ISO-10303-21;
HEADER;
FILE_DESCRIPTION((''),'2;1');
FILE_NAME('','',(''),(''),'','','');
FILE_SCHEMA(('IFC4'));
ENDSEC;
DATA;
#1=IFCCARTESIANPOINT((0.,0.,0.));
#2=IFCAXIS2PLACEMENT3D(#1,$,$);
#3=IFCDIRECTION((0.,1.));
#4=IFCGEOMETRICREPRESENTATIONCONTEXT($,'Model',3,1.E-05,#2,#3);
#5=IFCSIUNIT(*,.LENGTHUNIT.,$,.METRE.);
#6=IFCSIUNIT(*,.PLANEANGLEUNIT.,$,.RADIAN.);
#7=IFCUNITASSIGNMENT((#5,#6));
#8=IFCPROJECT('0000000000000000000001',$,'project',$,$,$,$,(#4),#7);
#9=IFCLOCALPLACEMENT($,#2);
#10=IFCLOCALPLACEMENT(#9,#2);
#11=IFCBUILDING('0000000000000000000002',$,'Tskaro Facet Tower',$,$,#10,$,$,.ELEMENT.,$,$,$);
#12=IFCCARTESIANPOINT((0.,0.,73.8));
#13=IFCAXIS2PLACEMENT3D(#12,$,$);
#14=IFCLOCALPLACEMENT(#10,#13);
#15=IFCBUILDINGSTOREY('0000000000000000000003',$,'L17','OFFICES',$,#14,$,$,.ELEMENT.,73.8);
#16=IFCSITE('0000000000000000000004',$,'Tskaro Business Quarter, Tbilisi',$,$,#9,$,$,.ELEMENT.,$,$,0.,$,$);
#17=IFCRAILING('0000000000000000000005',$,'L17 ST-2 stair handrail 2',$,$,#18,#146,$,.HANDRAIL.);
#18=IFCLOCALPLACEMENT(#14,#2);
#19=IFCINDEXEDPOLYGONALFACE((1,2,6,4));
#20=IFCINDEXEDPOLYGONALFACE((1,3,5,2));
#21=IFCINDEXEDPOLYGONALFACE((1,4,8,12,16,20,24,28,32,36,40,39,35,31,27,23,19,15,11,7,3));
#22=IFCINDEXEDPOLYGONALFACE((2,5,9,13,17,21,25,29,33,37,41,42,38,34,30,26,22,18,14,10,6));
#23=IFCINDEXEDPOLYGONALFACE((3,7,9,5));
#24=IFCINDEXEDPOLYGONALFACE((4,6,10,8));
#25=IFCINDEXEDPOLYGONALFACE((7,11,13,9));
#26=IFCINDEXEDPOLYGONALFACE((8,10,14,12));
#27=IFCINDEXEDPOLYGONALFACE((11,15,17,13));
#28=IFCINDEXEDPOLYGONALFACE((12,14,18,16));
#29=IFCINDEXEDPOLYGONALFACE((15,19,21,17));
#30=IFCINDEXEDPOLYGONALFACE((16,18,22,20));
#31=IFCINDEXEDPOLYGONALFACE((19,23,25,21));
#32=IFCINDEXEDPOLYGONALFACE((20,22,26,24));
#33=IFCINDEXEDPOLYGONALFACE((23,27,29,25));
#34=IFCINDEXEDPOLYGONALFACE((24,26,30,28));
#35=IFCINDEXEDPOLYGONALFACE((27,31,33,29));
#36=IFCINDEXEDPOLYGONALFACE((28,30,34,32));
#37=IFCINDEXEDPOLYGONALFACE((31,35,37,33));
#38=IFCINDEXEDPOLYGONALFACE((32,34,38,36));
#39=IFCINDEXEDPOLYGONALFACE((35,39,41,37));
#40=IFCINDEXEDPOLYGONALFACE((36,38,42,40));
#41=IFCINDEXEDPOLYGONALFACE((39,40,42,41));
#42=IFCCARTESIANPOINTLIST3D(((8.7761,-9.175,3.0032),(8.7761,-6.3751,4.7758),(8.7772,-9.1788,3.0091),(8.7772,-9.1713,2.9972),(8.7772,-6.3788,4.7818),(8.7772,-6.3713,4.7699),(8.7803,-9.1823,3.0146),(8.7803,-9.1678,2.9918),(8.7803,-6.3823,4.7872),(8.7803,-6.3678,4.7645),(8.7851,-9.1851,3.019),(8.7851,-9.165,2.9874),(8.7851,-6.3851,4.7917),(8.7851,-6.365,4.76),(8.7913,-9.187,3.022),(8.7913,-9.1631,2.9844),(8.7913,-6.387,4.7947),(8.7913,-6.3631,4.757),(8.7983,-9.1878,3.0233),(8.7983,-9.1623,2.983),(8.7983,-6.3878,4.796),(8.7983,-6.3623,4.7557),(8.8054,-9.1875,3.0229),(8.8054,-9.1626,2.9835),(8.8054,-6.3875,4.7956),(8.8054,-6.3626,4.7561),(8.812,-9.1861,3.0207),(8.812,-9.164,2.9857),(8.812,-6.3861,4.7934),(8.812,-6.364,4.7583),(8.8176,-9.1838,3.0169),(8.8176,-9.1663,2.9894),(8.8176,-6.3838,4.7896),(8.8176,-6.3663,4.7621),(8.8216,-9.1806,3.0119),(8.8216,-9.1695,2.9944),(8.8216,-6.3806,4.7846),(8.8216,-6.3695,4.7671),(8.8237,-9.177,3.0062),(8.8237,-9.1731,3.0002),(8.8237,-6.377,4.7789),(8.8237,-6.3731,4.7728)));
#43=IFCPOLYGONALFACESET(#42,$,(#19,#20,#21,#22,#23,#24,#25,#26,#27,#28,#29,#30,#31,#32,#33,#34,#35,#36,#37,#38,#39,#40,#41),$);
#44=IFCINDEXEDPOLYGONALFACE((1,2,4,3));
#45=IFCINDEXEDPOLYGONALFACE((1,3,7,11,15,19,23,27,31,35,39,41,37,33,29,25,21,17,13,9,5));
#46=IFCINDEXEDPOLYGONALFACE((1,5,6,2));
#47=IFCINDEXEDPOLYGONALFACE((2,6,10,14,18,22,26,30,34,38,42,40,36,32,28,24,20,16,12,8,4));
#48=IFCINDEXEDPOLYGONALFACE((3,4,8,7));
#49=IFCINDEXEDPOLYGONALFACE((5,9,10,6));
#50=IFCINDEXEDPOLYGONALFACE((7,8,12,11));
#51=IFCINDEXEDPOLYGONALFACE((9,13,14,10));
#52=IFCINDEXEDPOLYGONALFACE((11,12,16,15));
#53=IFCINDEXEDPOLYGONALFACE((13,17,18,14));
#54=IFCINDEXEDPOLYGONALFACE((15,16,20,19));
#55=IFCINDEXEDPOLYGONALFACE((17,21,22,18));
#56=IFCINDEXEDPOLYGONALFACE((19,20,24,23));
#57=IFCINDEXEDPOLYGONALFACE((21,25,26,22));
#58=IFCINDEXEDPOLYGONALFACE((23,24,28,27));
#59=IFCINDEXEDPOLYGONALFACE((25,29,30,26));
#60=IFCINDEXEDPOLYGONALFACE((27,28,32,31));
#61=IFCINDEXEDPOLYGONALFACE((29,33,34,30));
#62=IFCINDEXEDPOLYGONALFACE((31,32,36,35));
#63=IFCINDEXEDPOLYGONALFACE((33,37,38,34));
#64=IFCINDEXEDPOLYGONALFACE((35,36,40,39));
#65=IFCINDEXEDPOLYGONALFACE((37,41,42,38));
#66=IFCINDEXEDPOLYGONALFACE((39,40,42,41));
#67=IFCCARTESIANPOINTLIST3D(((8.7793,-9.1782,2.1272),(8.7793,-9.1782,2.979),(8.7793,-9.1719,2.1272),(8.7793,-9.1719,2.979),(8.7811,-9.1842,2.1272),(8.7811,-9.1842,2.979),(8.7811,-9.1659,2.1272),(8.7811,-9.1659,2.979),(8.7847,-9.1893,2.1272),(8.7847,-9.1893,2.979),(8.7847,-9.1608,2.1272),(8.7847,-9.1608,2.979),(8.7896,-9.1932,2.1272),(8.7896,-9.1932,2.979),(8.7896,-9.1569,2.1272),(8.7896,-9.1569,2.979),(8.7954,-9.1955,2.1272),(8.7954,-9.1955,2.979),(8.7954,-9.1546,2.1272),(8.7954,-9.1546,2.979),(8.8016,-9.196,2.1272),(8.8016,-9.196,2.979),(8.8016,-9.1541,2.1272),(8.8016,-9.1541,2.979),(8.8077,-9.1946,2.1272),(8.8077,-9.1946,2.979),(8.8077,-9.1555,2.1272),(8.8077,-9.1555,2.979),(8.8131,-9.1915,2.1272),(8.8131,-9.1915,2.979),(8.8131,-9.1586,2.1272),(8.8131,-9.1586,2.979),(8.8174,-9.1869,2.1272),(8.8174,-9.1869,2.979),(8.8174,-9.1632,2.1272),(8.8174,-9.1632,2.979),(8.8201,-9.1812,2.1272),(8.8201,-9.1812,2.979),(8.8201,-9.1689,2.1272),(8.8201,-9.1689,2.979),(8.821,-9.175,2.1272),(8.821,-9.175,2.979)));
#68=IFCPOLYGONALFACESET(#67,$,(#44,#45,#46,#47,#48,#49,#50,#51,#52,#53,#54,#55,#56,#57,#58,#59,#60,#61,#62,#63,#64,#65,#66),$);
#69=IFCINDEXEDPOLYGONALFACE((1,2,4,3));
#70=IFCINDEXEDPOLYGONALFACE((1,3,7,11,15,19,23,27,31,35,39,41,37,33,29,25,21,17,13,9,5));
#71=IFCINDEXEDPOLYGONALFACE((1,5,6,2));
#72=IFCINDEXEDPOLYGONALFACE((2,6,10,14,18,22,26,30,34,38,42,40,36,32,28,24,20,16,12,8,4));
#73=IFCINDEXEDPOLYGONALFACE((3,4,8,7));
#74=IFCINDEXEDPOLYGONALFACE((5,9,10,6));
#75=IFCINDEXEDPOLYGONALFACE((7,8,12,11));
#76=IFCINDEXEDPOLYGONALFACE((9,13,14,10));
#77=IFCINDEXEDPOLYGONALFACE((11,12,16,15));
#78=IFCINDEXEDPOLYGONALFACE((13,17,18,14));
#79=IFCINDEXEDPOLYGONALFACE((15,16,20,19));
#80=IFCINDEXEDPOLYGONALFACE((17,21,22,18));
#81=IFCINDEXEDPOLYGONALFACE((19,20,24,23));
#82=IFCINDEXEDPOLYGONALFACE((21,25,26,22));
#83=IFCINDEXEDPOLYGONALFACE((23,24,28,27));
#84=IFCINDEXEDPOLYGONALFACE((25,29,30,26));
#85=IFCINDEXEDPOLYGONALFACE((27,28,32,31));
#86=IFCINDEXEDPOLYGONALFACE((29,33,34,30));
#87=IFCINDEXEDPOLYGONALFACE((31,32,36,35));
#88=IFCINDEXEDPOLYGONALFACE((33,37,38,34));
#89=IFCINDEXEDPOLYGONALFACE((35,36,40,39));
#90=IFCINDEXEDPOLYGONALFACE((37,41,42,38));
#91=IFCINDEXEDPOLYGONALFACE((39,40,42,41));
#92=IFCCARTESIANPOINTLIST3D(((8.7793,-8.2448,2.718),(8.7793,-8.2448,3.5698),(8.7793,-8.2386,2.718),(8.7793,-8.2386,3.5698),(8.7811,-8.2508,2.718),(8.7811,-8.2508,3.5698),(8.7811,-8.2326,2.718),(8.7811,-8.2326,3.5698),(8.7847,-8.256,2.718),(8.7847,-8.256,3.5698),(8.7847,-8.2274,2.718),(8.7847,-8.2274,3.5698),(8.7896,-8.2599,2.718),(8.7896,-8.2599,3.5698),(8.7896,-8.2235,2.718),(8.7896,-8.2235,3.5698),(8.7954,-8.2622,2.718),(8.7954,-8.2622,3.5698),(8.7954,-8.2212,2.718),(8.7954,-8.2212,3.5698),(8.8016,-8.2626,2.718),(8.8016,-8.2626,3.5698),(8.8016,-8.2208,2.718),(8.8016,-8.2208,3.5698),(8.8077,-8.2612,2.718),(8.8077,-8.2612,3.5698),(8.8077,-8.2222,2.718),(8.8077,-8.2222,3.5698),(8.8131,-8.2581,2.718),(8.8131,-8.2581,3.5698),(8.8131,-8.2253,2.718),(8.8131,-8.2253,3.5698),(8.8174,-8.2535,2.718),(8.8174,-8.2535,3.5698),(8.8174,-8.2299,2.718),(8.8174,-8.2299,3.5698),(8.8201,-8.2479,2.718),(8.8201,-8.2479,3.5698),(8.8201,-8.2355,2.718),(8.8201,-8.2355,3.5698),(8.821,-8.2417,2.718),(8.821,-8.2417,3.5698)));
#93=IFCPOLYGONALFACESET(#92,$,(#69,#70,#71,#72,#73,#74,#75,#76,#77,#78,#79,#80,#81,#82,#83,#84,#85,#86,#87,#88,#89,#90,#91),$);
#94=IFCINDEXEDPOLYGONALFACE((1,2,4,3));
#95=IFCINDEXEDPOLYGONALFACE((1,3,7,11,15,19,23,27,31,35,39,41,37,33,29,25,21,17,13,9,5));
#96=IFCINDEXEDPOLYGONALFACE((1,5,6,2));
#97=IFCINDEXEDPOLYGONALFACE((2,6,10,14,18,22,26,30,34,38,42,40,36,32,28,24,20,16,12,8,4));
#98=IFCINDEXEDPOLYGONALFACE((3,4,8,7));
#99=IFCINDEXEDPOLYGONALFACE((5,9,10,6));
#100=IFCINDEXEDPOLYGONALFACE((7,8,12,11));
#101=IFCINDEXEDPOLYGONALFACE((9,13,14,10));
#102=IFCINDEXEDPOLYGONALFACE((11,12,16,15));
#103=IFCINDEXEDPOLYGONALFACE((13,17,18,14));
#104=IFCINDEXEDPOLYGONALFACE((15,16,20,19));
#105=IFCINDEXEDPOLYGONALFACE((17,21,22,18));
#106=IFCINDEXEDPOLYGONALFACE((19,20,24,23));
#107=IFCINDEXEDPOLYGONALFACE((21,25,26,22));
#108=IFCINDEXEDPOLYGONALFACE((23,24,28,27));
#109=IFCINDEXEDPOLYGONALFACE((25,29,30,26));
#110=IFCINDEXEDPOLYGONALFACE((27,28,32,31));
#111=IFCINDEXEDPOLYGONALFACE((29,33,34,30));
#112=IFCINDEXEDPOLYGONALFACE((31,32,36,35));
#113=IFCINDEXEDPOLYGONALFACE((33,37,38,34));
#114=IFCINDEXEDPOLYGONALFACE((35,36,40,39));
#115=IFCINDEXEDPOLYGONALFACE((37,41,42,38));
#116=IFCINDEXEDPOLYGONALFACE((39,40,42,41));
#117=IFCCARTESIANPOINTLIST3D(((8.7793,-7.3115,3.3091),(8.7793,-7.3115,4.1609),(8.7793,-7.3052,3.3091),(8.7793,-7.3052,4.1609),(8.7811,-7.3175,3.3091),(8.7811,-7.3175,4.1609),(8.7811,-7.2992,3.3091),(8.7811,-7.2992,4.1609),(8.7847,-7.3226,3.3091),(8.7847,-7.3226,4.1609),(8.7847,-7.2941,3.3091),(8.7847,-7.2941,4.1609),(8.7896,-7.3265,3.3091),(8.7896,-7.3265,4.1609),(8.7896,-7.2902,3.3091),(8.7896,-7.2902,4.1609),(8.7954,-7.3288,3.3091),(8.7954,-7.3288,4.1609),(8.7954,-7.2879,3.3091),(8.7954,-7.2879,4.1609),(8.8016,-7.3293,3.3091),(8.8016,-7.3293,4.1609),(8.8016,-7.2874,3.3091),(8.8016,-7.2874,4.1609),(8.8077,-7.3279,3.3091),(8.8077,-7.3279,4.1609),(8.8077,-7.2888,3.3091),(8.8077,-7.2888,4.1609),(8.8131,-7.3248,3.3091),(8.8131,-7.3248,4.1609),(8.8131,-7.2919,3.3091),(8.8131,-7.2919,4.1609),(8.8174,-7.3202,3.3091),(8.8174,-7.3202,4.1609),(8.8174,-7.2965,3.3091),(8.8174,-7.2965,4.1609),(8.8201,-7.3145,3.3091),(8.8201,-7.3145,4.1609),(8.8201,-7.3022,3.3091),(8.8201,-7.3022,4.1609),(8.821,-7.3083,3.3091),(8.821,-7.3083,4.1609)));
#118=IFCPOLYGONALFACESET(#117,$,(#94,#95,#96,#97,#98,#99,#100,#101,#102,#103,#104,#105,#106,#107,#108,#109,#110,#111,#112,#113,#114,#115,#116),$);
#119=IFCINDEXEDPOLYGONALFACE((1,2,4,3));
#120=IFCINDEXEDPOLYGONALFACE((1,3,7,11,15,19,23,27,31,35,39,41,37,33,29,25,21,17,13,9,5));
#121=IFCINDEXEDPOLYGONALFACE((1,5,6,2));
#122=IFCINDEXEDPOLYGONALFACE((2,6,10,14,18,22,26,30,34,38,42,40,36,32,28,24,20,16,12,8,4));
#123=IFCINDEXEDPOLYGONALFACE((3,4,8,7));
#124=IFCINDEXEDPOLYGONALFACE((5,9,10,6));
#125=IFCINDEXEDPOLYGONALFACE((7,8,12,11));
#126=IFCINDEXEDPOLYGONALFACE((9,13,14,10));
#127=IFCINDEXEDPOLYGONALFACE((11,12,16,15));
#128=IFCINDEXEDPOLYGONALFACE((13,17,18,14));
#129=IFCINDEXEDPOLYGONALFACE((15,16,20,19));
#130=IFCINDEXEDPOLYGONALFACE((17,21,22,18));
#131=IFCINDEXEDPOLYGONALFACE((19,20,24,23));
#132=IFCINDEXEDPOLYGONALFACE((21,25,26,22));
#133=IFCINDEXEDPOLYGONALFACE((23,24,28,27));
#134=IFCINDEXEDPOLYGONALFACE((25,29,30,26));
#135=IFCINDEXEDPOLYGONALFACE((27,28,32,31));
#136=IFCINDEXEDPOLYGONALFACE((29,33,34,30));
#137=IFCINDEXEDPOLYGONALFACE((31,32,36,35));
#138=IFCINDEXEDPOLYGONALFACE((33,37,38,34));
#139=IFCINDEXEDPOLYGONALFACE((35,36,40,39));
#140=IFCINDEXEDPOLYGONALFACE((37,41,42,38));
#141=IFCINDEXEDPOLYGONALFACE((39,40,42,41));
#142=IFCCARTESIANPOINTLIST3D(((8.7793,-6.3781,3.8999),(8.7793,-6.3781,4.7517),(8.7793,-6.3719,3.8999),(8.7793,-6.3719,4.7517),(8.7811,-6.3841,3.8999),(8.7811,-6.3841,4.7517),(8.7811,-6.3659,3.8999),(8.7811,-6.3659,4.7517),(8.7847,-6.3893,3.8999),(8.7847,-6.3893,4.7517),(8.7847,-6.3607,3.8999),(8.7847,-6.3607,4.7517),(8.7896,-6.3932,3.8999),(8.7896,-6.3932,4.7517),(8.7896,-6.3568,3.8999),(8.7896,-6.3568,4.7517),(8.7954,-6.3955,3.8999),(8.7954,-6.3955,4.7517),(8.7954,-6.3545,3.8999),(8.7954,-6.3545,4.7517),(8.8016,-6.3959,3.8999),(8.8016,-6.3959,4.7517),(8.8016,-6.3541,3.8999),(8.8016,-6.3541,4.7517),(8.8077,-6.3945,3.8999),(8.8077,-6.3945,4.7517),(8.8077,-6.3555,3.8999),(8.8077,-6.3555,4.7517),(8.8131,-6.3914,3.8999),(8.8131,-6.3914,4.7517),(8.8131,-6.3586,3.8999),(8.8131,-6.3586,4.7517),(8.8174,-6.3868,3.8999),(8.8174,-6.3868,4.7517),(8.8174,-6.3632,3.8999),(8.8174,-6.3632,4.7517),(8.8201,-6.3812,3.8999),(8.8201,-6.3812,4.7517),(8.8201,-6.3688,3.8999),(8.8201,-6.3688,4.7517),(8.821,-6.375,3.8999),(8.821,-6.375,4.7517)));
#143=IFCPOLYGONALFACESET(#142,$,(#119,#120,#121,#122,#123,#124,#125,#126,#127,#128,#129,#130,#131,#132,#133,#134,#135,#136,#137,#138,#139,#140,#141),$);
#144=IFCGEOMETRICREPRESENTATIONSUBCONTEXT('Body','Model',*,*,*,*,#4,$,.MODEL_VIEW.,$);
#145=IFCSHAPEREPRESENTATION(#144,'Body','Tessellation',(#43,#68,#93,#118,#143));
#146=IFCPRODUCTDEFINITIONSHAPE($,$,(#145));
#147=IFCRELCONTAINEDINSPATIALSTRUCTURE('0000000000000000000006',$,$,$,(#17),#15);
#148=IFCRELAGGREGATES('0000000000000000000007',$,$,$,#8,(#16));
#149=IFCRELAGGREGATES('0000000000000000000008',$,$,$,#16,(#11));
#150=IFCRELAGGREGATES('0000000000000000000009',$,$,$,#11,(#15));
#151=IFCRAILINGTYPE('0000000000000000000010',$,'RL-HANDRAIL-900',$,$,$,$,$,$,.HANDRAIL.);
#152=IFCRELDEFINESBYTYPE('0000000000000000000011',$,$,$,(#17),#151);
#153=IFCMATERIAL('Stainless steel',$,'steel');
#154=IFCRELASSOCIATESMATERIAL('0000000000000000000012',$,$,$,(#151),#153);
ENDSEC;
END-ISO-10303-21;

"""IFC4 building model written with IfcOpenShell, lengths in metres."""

from ifc_helpers import new_model, si_unit, direction, frame, origin, origin_2d, place, context, subcontext, project, spatial, circle, extrude, material, type_object, element, save


model = new_model("IFC4")

# Units and contexts
model_context = context("Model", 3, precision=1e-05, world=origin(), true_north=direction((0.0, 1.0)))
body_context = subcontext(model_context, "Body", "Model", "MODEL_VIEW")
ifc_project = project(units=[si_unit("LENGTHUNIT", "METRE"), si_unit("PLANEANGLEUNIT", "RADIAN")], contexts=[model_context])

# Site, building, storey
site_placement = place(None, origin())
site = spatial("IfcSite", under=ifc_project, at=site_placement, Name="Tskaro Business Quarter, Tbilisi", CompositionType="ELEMENT", RefElevation=0.0)
building_placement = place(site_placement, origin())
building = spatial("IfcBuilding", under=site, at=building_placement, Name="Tskaro Facet Tower", CompositionType="ELEMENT")
storey_placement = place(building_placement, frame((0.0, 0.0, 73.8)))
storey = spatial("IfcBuildingStorey", under=building, at=storey_placement, Name="L17", Description="OFFICES", CompositionType="ELEMENT", Elevation=73.8)

# Railing
ifc_material_1 = material(Name="Stainless steel", Category="steel")
railing_type_1 = type_object("IfcRailingType", Name="RL-HANDRAIL-900", PredefinedType="HANDRAIL", material=ifc_material_1)
railing_1_placement = place(storey_placement, frame((8.8, -9.175, 2.1272)))
element("IfcRailing", 1, at=railing_1_placement, inside=storey, type_object=railing_type_1, Name="L17 ST-2 stair handrail 2", PredefinedType="HANDRAIL", context=body_context, shape_type="SweptSolid", body=[
    extrude(circle(Radius=0.0239, at=origin_2d()), frame((0.0, 0.0, 0.876), z_axis=(0.0, 0.844909, 0.53491), x_axis=(-1.0, 0.0, 0.0)), (0.0, 0.0, 1.0), 3.314),
    extrude(circle(Radius=0.021, at=origin_2d()), origin(), (0.0, 0.0, 1.0), 0.8518),
    extrude(circle(Radius=0.021, at=origin_2d()), frame((0.0, 0.9333, 0.5908)), (0.0, 0.0, 1.0), 0.8518),
    extrude(circle(Radius=0.021, at=origin_2d()), frame((0.0, 1.8667, 1.1819)), (0.0, 0.0, 1.0), 0.8518),
    extrude(circle(Radius=0.021, at=origin_2d()), frame((0.0, 2.8, 1.7727)), (0.0, 0.0, 1.0), 0.8518),
])

save(model, "model.ifc")
